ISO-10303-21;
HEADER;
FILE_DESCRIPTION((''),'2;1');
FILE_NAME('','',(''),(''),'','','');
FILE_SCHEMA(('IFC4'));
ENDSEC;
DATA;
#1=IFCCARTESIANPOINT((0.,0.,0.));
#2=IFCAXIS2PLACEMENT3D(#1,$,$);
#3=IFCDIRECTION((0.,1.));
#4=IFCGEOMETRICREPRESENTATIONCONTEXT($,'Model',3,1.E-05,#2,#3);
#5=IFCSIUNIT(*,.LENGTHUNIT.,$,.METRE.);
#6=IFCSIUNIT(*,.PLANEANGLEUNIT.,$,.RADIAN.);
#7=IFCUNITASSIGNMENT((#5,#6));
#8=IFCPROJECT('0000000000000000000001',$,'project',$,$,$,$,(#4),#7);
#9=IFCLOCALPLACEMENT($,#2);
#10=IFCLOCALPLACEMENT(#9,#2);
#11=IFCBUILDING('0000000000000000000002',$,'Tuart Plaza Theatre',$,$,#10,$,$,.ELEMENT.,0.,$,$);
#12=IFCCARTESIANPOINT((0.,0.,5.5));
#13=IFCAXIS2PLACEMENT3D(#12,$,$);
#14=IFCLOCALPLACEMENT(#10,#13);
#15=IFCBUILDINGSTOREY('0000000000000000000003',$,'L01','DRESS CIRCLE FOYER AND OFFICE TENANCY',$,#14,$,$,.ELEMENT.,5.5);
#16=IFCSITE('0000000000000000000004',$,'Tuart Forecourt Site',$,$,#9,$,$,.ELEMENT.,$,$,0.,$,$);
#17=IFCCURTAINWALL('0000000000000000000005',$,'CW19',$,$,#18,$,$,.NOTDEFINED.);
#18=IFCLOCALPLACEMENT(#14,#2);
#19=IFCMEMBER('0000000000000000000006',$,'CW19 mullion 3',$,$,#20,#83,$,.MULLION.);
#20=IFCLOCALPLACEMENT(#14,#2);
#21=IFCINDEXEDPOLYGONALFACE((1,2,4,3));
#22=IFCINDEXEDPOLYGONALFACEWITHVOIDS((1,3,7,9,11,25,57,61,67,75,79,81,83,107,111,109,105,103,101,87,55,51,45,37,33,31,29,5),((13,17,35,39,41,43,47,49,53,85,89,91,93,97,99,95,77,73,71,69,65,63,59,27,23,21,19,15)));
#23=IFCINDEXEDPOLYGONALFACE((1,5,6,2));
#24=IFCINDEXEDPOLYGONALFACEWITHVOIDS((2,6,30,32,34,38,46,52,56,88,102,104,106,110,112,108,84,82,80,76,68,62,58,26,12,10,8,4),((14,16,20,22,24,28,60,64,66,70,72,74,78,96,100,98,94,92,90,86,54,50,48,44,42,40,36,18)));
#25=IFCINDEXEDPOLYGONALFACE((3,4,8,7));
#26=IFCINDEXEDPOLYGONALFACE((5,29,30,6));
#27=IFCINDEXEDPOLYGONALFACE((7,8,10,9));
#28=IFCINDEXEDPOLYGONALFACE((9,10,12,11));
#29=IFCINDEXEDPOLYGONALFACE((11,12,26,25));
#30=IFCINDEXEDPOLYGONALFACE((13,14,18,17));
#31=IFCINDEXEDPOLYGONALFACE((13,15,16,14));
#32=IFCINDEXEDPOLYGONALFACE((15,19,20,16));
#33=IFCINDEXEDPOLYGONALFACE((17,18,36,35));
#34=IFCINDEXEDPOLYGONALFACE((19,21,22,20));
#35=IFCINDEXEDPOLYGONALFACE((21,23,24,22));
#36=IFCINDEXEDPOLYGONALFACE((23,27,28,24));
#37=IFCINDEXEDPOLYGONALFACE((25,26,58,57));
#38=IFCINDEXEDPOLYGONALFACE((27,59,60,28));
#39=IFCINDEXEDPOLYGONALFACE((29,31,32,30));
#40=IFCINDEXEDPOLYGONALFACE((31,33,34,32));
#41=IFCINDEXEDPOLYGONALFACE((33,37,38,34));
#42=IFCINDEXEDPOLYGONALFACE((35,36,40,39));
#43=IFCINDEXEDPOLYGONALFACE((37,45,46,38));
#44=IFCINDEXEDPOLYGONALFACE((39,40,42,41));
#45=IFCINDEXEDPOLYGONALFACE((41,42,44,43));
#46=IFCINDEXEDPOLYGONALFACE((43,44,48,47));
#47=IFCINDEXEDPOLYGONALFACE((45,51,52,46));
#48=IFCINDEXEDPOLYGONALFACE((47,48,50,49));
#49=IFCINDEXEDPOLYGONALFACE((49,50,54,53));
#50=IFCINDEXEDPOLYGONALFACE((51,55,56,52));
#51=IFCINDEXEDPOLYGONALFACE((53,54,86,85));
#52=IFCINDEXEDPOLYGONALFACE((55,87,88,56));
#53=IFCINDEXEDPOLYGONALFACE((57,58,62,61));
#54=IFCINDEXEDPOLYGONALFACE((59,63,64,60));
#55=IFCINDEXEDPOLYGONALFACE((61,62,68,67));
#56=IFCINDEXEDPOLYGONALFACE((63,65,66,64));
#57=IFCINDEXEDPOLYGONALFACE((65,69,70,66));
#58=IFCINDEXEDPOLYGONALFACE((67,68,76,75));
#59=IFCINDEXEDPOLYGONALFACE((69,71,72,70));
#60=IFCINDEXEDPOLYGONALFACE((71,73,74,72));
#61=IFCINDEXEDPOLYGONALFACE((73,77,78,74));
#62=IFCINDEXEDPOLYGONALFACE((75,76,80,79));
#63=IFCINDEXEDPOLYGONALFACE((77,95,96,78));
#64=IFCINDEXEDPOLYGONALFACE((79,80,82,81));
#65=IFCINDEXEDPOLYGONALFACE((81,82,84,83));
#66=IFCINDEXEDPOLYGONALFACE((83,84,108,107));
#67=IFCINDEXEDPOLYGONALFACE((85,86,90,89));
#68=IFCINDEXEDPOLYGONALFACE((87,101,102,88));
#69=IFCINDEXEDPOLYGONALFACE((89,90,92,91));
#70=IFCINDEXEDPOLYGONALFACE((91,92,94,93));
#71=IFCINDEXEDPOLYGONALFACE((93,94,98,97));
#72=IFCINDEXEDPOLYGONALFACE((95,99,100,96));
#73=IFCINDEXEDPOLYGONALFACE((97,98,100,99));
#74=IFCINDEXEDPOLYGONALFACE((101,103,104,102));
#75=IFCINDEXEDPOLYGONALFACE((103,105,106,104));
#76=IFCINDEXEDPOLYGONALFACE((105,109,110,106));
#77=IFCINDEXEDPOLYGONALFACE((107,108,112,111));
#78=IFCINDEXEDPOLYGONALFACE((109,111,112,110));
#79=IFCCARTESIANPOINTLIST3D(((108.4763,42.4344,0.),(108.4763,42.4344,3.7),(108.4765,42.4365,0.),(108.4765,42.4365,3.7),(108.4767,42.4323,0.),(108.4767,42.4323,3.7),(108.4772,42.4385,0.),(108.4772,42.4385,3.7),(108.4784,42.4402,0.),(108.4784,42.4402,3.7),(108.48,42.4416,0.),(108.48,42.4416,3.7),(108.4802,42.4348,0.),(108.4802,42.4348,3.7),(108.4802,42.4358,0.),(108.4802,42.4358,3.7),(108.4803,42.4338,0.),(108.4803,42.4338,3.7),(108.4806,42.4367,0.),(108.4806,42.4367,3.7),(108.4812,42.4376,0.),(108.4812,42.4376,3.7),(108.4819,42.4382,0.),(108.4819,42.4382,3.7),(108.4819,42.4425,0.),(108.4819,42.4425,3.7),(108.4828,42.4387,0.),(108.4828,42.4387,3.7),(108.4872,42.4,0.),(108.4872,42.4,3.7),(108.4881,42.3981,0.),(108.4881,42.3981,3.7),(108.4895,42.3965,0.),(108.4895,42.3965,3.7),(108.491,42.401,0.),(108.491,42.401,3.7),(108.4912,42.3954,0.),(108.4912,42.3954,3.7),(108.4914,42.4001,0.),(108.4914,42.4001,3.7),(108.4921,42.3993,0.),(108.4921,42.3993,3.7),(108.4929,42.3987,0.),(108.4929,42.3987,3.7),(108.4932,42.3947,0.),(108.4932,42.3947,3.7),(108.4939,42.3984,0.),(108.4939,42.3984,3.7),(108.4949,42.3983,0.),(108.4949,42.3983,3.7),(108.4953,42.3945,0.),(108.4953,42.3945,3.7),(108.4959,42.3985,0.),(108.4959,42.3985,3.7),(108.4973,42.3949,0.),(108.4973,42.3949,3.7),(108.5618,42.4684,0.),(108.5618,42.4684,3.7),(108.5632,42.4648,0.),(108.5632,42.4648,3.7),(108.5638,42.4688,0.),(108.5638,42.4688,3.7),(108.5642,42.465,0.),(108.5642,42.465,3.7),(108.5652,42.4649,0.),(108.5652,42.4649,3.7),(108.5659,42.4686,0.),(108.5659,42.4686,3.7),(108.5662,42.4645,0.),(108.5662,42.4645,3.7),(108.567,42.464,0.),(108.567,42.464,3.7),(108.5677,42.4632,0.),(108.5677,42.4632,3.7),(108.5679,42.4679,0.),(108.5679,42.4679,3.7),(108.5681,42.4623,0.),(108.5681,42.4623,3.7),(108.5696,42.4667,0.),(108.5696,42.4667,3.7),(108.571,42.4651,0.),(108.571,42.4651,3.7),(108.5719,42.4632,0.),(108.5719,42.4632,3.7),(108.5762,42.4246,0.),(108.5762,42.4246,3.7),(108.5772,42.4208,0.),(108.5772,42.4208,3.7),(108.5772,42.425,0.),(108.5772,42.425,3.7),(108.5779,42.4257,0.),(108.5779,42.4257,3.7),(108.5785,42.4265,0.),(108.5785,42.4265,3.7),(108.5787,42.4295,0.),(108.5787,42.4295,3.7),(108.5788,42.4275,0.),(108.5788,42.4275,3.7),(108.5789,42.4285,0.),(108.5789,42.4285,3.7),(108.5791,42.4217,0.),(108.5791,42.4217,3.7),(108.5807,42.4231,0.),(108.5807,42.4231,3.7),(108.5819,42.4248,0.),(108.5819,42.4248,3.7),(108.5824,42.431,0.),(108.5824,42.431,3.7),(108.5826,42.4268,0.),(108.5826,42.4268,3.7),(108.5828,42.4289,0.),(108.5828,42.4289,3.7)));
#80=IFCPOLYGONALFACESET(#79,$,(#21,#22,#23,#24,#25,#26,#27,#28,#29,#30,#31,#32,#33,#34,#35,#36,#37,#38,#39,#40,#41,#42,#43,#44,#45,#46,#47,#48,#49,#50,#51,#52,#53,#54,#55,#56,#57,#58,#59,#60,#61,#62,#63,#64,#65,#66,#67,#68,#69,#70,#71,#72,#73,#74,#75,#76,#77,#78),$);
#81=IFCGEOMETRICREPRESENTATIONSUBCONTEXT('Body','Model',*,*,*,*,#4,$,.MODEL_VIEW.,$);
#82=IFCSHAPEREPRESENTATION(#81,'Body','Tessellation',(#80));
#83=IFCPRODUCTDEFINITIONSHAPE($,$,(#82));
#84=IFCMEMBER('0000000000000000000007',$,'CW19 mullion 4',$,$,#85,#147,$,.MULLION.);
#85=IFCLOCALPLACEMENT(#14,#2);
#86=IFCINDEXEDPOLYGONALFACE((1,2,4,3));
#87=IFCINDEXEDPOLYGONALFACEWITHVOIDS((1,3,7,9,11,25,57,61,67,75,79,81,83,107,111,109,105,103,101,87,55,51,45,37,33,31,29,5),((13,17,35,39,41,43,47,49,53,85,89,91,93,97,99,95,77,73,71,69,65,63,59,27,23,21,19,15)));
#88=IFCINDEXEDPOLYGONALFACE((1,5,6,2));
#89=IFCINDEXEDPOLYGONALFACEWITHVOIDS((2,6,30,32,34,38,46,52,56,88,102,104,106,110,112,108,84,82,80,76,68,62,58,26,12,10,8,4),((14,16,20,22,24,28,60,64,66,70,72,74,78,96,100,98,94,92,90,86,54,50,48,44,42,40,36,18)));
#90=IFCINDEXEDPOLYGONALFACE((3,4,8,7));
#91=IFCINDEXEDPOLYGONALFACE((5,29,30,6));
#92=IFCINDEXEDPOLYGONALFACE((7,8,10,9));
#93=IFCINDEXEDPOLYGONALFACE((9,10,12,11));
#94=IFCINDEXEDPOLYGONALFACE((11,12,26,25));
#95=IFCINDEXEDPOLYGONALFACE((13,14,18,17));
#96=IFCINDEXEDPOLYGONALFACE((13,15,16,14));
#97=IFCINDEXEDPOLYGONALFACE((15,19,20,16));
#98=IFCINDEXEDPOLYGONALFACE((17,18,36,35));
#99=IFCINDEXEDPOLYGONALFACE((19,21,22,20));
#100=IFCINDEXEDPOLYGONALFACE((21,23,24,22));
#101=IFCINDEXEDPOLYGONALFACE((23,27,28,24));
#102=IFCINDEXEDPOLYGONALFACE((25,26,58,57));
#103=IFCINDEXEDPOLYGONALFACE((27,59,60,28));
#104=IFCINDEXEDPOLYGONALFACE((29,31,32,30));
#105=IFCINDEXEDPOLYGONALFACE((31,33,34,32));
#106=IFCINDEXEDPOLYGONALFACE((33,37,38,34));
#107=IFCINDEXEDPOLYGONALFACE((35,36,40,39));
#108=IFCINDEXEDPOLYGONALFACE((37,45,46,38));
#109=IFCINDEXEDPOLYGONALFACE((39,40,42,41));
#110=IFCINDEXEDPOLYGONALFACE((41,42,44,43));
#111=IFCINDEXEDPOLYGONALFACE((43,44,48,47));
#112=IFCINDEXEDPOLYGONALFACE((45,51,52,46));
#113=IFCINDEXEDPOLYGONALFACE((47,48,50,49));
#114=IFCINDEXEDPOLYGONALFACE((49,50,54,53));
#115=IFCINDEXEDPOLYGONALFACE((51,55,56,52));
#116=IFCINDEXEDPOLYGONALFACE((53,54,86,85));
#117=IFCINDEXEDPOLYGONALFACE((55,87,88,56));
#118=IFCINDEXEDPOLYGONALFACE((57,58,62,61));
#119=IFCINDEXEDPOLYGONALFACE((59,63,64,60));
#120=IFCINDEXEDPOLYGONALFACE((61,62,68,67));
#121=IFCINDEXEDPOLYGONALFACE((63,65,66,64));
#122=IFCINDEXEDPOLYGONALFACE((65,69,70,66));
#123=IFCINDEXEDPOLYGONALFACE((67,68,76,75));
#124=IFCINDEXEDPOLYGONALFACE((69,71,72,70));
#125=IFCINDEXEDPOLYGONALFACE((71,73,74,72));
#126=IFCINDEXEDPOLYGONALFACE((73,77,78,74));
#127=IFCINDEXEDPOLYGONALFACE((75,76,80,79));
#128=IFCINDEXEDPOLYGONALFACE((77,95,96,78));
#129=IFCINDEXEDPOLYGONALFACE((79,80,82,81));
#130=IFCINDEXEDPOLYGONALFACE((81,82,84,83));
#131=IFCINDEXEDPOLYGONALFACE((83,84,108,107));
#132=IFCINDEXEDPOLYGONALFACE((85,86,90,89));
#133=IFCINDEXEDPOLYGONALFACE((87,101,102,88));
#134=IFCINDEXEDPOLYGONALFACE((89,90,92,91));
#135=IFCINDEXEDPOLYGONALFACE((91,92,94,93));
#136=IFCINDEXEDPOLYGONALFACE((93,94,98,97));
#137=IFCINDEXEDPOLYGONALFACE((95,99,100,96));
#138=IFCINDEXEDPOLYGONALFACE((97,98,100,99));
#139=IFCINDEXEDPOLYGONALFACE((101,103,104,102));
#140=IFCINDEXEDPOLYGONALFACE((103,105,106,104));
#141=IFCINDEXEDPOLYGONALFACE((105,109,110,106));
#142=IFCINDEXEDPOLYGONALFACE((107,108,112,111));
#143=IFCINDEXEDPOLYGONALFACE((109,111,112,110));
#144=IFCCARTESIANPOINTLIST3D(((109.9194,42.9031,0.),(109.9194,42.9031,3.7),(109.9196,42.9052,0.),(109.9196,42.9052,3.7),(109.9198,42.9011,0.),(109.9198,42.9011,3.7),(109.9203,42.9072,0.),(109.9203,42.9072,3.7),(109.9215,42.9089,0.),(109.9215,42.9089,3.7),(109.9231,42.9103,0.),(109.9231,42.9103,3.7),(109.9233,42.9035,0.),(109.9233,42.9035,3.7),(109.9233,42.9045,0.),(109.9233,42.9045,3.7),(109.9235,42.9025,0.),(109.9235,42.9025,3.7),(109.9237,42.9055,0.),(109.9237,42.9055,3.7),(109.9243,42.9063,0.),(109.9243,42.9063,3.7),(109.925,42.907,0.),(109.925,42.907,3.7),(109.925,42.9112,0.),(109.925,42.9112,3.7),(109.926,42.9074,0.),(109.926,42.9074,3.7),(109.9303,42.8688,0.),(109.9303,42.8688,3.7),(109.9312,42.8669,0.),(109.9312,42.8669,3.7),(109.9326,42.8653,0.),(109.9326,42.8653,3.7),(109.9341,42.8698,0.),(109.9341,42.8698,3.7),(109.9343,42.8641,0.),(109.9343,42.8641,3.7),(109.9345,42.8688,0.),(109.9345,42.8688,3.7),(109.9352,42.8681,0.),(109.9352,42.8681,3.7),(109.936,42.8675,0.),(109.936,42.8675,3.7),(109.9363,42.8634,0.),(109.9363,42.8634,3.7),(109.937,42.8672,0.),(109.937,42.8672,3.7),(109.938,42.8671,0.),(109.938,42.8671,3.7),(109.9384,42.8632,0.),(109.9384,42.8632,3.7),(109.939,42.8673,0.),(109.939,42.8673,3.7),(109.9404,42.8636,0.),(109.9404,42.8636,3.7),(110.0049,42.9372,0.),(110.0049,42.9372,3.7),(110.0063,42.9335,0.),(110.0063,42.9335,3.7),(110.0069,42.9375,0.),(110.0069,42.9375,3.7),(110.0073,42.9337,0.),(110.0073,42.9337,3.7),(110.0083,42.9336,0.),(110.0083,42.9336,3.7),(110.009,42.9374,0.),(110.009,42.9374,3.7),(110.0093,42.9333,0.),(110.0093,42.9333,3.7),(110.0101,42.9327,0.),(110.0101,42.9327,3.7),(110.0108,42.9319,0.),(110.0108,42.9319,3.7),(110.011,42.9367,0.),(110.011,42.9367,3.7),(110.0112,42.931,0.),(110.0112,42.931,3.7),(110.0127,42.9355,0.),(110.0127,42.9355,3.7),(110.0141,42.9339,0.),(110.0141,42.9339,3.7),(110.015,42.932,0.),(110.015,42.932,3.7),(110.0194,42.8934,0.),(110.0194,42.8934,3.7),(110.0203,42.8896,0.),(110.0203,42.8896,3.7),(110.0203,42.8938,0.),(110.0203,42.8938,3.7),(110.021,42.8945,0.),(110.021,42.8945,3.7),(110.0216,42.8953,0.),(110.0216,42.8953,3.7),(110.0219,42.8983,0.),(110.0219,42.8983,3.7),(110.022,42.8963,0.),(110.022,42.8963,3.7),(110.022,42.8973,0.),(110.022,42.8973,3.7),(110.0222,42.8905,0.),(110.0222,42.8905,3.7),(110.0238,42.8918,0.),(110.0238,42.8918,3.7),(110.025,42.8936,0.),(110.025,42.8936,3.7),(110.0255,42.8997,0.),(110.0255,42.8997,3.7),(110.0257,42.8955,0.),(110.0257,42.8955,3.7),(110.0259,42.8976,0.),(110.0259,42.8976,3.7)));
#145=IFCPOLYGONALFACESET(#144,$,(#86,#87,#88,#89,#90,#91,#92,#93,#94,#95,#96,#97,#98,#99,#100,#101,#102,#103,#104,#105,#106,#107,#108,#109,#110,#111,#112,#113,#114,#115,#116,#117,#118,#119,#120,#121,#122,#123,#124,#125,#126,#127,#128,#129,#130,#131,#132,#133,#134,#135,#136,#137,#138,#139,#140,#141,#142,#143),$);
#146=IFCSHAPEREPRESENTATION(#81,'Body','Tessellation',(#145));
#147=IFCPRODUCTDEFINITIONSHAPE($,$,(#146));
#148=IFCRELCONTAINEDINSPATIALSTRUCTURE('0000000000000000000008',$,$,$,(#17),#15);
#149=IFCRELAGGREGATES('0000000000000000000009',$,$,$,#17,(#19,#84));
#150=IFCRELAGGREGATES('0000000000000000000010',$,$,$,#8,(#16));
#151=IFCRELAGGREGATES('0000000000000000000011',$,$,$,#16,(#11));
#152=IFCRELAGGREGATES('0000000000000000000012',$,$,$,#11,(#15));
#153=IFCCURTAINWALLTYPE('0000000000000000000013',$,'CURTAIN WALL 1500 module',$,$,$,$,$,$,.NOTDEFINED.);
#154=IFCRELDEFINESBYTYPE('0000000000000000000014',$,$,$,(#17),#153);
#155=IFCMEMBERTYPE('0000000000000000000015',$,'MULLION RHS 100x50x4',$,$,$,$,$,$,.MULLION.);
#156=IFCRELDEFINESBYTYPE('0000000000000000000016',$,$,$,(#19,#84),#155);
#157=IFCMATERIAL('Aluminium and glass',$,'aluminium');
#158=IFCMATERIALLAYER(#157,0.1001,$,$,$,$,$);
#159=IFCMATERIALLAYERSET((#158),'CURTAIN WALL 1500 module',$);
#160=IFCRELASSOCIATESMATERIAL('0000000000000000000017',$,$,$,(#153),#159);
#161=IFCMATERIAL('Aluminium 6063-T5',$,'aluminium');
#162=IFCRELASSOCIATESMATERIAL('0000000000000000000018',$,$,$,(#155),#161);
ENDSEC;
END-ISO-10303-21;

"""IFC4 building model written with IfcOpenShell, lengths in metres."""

from ifc_helpers import new_model, si_unit, direction, frame, origin, origin_2d, place, context, subcontext, project, spatial, hollow_rectangle, extrude, material, layer, layer_set, material_profile, profile_set, type_object, element, aggregate, save


model = new_model("IFC4")

# Units and contexts
model_context = context("Model", 3, precision=1e-05, world=origin(), true_north=direction((0.0, 1.0)))
body_context = subcontext(model_context, "Body", "Model", "MODEL_VIEW")
ifc_project = project(units=[si_unit("LENGTHUNIT", "METRE"), si_unit("PLANEANGLEUNIT", "RADIAN")], contexts=[model_context])

# Site, building, storey
site_placement = place(None, origin())
site = spatial("IfcSite", under=ifc_project, at=site_placement, Name="Tuart Forecourt Site", CompositionType="ELEMENT", RefElevation=0.0)
building_placement = place(site_placement, origin())
building = spatial("IfcBuilding", under=site, at=building_placement, Name="Tuart Plaza Theatre", CompositionType="ELEMENT", ElevationOfRefHeight=0.0)
storey_placement = place(building_placement, frame((0.0, 0.0, 5.5)))
storey = spatial("IfcBuildingStorey", under=building, at=storey_placement, Name="L01", Description="DRESS CIRCLE FOYER AND OFFICE TENANCY", CompositionType="ELEMENT", Elevation=5.5)

# Curtain wall, members
ifc_material_1 = material(Name="Aluminium and glass", Category="aluminium")
ifc_layer_1 = layer(ifc_material_1, 0.1001)
ifc_layer_set_1 = layer_set([ifc_layer_1], Name="CURTAIN WALL 1500 module")
curtain_wall_type = type_object("IfcCurtainWallType", Name="CURTAIN WALL 1500 module", PredefinedType="NOTDEFINED", material=ifc_layer_set_1)
curtain_wall_1_placement = place(storey_placement, origin())
curtain_wall_1 = element("IfcCurtainWall", 1, at=curtain_wall_1_placement, inside=storey, type_object=curtain_wall_type, Name="CW19", PredefinedType="NOTDEFINED")
ifc_material_2 = material(Name="Aluminium 6063-T5", Category="aluminium")
ifc_material_profile_1 = material_profile(ifc_material_2, hollow_rectangle(XDim=0.05, YDim=0.1001, WallThickness=0.0039, InnerFilletRadius=0.0039, OuterFilletRadius=0.0081, at=origin_2d()), Name="RHS 100x50x4")
ifc_profile_set_1 = profile_set([ifc_material_profile_1], Name="Aluminium 6063-T5")
member_type_1 = type_object("IfcMemberType", Name="MULLION RHS 100x50x4", PredefinedType="MULLION", material=ifc_profile_set_1)
member_1_placement = place(storey_placement, frame((108.5295, 42.4316, 0.0), z_axis=(0.0, 0.0, 1.0), x_axis=(-0.308885, 0.951099, 0.0)))
member_1 = element("IfcMember", 2, at=member_1_placement, type_object=member_type_1, Name="CW19 mullion 3", PredefinedType="MULLION", context=body_context, shape_type="SweptSolid", body=[
    extrude(hollow_rectangle(XDim=0.05, YDim=0.1001, WallThickness=0.0039, InnerFilletRadius=0.0039, OuterFilletRadius=0.0081, at=origin_2d()), origin(), (0.0, 0.0, 1.0), 3.7),
])
member_2_placement = place(storey_placement, frame((109.9727, 42.9004, 0.0), z_axis=(0.0, 0.0, 1.0), x_axis=(-0.308885, 0.951099, 0.0)))
member_2 = element("IfcMember", 3, at=member_2_placement, type_object=member_type_1, Name="CW19 mullion 4", PredefinedType="MULLION", context=body_context, shape_type="SweptSolid", body=[
    extrude(hollow_rectangle(XDim=0.05, YDim=0.1001, WallThickness=0.0039, InnerFilletRadius=0.0039, OuterFilletRadius=0.0081, at=origin_2d()), origin(), (0.0, 0.0, 1.0), 3.7),
])

aggregate(curtain_wall_1, [member_1, member_2])

save(model, "model.ifc")
